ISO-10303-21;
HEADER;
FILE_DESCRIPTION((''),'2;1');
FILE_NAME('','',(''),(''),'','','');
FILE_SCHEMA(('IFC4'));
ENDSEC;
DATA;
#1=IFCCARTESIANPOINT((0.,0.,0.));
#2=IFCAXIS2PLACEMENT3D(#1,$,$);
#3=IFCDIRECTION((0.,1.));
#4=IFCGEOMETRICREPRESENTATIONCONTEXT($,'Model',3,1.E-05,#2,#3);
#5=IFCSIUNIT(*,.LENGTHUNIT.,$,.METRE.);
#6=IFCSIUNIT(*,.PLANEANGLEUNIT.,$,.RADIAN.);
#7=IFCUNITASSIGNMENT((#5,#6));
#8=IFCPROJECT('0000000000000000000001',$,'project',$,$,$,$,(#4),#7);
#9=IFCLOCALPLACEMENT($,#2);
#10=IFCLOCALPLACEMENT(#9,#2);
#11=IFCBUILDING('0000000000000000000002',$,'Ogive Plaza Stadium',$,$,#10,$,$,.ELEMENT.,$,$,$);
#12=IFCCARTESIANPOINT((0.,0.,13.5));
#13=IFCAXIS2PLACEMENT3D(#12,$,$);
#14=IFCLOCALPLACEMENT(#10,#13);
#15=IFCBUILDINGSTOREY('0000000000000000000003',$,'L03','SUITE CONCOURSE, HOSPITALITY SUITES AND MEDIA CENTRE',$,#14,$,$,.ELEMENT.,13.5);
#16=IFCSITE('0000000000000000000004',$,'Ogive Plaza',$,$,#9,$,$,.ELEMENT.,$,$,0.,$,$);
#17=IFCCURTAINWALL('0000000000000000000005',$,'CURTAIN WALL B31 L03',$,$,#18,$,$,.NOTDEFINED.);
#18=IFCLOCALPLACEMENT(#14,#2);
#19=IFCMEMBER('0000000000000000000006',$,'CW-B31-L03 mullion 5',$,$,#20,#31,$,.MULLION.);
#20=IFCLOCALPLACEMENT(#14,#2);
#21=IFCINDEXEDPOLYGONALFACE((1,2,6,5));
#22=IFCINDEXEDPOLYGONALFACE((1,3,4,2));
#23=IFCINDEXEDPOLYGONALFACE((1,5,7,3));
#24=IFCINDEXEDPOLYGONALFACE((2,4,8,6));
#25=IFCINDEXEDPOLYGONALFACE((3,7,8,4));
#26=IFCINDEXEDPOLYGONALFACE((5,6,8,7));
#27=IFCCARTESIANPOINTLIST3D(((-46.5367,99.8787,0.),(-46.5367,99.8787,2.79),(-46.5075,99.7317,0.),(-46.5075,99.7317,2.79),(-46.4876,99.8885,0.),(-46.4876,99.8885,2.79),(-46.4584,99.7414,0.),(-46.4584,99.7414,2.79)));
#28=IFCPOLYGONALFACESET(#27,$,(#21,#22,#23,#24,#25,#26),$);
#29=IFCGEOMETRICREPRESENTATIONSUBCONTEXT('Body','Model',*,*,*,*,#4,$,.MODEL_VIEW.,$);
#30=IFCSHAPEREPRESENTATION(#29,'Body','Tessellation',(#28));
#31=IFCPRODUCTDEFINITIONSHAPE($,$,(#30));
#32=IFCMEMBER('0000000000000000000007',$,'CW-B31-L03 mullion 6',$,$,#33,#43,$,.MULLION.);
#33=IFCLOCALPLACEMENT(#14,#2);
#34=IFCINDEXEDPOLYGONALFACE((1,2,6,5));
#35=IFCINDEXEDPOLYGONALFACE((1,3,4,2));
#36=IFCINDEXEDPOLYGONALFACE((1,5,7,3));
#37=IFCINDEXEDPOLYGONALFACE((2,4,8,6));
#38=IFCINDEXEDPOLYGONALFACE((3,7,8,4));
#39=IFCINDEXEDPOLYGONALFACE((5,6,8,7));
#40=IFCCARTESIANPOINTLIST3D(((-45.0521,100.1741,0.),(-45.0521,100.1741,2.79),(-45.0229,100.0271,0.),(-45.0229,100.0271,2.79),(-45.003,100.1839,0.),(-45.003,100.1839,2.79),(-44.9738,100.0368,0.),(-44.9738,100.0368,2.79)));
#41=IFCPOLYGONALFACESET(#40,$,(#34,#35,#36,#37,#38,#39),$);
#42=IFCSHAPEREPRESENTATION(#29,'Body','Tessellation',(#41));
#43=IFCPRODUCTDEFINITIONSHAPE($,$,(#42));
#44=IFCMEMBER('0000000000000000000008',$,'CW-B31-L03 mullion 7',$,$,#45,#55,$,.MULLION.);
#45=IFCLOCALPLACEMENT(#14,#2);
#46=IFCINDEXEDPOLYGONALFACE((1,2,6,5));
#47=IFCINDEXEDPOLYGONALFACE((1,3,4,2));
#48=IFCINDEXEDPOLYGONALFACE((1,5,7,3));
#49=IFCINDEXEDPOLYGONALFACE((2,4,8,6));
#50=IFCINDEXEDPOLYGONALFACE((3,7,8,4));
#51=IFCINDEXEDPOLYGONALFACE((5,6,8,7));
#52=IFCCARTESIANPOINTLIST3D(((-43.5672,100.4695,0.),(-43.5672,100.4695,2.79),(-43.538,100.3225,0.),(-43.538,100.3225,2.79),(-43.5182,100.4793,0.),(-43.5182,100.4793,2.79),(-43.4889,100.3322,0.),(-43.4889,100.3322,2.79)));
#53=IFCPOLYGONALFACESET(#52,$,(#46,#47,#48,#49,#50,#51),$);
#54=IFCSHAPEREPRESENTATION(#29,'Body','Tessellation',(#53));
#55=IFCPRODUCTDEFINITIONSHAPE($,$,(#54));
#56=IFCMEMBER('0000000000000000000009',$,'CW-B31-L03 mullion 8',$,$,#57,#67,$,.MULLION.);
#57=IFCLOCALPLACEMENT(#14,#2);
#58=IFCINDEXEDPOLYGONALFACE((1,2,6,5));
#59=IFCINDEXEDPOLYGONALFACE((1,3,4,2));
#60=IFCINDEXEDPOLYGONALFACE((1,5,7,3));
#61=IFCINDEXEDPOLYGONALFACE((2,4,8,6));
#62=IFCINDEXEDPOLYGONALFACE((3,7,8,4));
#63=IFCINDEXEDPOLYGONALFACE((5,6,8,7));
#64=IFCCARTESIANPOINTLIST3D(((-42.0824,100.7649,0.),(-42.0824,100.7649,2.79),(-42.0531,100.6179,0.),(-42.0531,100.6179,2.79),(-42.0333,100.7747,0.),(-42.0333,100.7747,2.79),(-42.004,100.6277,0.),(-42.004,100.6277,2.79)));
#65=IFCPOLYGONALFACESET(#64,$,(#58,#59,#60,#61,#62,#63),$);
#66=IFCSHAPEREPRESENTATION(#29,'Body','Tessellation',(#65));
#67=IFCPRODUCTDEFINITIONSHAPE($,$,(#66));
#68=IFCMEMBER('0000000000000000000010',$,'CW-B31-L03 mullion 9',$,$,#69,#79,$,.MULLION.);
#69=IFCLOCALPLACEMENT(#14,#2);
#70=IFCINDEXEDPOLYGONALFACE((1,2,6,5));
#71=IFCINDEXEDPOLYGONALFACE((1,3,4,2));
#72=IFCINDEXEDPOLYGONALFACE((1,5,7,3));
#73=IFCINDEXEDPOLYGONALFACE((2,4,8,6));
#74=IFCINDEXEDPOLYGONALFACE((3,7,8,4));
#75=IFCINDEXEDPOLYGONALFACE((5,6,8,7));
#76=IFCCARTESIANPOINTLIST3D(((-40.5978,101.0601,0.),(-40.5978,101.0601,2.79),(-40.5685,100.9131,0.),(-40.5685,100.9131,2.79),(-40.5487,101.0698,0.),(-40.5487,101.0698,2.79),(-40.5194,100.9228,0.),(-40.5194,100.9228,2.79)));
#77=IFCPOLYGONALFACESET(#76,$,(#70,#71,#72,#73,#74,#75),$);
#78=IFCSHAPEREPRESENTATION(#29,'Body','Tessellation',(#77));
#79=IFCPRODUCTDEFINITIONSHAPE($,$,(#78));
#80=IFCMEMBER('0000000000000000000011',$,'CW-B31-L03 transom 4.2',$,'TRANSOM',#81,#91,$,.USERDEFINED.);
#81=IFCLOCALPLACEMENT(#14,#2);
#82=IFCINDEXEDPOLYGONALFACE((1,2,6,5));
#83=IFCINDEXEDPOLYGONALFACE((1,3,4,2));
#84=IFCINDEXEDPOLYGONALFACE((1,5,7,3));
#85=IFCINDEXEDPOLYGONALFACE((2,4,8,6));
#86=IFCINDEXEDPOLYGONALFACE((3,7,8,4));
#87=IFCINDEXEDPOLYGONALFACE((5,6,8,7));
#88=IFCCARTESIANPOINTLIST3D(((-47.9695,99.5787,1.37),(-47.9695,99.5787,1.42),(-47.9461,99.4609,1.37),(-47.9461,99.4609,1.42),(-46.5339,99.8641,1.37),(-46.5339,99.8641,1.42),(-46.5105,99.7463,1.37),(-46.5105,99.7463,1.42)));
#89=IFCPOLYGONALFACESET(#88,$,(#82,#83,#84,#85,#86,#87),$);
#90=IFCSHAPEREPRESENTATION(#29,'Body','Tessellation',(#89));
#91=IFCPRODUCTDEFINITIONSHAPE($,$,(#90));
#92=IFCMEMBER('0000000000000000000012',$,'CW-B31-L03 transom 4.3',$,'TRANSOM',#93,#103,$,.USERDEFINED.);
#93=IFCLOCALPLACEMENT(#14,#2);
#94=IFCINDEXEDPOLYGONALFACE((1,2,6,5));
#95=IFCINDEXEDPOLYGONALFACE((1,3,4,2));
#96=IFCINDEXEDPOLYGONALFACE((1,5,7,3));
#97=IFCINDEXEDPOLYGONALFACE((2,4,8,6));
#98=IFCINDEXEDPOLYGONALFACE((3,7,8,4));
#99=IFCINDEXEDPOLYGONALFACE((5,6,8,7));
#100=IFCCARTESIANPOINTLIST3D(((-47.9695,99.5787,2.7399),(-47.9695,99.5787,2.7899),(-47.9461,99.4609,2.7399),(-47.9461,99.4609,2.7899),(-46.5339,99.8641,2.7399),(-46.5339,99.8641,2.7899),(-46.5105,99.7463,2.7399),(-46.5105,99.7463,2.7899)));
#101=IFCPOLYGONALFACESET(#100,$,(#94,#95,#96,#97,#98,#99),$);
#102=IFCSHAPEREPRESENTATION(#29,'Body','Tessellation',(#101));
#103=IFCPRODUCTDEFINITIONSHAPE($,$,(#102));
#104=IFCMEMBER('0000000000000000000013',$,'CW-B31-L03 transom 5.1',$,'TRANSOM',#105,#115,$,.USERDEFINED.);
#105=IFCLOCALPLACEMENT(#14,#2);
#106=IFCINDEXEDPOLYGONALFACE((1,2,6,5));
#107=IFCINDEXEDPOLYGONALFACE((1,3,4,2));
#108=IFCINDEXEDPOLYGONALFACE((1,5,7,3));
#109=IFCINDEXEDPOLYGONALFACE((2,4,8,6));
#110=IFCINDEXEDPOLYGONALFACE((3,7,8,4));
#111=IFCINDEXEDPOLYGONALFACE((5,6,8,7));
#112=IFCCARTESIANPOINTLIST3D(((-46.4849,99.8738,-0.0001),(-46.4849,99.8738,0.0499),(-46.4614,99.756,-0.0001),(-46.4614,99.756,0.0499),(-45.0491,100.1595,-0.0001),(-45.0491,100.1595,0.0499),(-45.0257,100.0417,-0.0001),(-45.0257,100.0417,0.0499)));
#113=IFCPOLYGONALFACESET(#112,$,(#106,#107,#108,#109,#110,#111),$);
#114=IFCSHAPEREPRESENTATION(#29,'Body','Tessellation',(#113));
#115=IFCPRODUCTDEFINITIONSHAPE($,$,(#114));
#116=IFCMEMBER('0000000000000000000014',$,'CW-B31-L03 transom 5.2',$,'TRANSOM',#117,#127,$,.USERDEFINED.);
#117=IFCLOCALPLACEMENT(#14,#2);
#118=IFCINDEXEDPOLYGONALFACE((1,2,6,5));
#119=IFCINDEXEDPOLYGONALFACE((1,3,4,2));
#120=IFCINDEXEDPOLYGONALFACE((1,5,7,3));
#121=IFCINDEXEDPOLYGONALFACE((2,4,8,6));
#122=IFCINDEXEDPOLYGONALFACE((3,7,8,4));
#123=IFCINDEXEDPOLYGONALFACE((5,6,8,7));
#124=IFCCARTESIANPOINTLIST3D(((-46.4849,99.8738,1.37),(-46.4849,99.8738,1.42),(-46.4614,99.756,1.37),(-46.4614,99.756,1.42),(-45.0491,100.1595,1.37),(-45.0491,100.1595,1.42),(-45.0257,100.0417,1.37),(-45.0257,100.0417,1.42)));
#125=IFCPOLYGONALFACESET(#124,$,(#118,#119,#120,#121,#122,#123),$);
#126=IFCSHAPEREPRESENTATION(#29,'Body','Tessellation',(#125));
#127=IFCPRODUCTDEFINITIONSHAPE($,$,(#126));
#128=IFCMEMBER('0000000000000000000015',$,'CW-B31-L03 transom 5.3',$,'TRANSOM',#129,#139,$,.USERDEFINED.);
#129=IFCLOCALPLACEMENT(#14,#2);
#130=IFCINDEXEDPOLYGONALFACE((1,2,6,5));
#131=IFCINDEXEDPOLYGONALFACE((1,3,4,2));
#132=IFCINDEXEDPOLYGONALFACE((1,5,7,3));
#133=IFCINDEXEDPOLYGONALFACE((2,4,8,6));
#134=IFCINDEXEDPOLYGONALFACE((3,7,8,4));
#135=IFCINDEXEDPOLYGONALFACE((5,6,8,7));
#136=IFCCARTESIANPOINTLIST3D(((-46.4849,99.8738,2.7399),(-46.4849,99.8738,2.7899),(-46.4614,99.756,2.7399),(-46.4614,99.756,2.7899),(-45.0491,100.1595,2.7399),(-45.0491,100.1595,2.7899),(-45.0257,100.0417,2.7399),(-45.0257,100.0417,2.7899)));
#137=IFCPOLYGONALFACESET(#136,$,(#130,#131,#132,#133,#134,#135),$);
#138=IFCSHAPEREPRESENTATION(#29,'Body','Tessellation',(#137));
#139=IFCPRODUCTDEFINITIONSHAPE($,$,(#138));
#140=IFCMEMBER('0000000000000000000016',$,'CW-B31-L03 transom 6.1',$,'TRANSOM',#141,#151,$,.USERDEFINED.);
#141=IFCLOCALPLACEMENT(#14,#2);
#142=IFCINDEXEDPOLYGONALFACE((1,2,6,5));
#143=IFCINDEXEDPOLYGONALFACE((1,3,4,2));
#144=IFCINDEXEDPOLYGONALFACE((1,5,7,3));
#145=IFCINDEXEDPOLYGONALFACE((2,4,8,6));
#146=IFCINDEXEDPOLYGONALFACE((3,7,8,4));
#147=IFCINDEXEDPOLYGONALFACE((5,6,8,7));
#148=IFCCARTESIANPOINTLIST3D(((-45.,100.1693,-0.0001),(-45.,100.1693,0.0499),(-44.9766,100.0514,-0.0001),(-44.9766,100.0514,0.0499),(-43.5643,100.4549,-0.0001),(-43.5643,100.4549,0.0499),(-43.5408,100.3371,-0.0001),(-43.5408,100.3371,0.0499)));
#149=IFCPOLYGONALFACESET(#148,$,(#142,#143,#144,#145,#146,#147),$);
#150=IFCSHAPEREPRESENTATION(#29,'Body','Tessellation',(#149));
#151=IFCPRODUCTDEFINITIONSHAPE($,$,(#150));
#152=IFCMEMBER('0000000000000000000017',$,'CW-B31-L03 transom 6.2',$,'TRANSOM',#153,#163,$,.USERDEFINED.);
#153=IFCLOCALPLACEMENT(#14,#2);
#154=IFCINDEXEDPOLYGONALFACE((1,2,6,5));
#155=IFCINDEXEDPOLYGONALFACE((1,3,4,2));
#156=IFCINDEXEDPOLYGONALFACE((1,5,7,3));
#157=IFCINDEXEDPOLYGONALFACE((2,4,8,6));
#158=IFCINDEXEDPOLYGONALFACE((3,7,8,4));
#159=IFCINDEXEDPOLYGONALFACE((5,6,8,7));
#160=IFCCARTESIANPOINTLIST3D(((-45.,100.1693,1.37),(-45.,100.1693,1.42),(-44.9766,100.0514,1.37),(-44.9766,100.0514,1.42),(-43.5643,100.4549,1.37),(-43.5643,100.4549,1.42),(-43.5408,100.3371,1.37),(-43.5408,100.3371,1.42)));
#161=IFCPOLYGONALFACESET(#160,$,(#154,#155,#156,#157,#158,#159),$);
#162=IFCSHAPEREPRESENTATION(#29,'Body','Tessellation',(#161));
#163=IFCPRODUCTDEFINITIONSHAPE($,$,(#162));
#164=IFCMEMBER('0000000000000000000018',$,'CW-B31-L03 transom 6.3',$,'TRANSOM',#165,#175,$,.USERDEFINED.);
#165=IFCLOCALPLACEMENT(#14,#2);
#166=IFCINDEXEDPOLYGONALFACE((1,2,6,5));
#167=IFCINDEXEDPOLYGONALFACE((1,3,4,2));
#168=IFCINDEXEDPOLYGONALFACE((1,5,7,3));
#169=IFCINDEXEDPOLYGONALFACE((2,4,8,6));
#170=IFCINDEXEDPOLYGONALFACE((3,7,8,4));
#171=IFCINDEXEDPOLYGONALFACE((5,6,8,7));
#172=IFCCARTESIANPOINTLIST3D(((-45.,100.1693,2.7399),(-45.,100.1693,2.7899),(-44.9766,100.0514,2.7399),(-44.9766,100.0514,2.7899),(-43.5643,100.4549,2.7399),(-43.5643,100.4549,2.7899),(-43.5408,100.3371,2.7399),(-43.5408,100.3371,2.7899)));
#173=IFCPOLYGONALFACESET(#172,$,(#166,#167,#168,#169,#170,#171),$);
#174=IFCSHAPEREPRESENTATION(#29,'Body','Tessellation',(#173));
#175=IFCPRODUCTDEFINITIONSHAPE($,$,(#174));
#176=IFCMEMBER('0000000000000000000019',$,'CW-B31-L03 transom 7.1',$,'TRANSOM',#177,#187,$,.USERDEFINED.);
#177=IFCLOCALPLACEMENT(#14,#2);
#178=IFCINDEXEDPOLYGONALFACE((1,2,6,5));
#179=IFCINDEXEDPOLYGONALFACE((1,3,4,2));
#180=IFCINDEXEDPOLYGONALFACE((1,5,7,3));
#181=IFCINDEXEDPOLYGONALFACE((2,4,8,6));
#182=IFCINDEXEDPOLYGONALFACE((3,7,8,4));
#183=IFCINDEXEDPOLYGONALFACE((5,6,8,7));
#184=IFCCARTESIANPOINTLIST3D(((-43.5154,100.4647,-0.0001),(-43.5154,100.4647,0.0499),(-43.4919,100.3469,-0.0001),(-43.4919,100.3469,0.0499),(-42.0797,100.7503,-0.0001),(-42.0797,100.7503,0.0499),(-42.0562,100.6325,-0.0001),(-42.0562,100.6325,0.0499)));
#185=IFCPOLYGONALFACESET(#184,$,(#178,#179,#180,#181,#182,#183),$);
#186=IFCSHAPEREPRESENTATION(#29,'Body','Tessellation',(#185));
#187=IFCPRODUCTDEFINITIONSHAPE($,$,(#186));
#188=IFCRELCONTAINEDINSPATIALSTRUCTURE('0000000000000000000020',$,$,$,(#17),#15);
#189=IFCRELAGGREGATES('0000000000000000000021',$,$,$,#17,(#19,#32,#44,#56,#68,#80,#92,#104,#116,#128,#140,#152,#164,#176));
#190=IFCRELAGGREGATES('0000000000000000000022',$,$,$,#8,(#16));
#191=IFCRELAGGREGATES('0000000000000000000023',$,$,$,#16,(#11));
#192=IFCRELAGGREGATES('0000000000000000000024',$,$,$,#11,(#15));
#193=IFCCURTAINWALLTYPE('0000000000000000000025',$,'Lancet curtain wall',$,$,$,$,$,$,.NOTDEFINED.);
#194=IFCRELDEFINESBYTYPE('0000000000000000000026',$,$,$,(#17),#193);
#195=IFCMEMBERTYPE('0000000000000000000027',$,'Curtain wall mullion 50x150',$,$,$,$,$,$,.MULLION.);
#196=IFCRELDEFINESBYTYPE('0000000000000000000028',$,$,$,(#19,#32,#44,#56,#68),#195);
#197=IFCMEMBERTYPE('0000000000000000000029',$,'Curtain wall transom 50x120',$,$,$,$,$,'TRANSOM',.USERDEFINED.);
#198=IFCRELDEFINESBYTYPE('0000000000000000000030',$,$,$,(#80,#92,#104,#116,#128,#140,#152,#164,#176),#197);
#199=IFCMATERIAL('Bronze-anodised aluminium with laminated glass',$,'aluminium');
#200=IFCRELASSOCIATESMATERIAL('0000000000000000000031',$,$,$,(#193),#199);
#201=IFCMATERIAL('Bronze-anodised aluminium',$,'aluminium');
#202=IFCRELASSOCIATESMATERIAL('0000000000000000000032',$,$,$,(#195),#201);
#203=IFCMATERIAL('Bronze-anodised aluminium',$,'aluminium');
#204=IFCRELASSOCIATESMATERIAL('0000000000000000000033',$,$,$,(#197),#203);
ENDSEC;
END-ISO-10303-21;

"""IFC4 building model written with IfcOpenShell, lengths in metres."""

from ifc_helpers import new_model, si_unit, direction, frame, origin, origin_2d, place, context, subcontext, project, spatial, rectangle, extrude, material, material_profile, profile_set, type_object, element, aggregate, save


model = new_model("IFC4")

# Units and contexts
model_context = context("Model", 3, precision=1e-05, world=origin(), true_north=direction((0.0, 1.0)))
body_context = subcontext(model_context, "Body", "Model", "MODEL_VIEW")
ifc_project = project(units=[si_unit("LENGTHUNIT", "METRE"), si_unit("PLANEANGLEUNIT", "RADIAN")], contexts=[model_context])

# Site, building, storey
site_placement = place(None, origin())
site = spatial("IfcSite", under=ifc_project, at=site_placement, Name="Ogive Plaza", CompositionType="ELEMENT", RefElevation=0.0)
building_placement = place(site_placement, origin())
building = spatial("IfcBuilding", under=site, at=building_placement, Name="Ogive Plaza Stadium", CompositionType="ELEMENT")
storey_placement = place(building_placement, frame((0.0, 0.0, 13.5)))
storey = spatial("IfcBuildingStorey", under=building, at=storey_placement, Name="L03", Description="SUITE CONCOURSE, HOSPITALITY SUITES AND MEDIA CENTRE", CompositionType="ELEMENT", Elevation=13.5)

# Curtain wall, members
ifc_material_1 = material(Name="Bronze-anodised aluminium with laminated glass", Category="aluminium")
curtain_wall_type = type_object("IfcCurtainWallType", Name="Lancet curtain wall", PredefinedType="NOTDEFINED", material=ifc_material_1)
curtain_wall_placement = place(storey_placement, origin())
curtain_wall = element("IfcCurtainWall", 1, at=curtain_wall_placement, inside=storey, type_object=curtain_wall_type, Name="CURTAIN WALL B31 L03", PredefinedType="NOTDEFINED")
ifc_material_2 = material(Name="Bronze-anodised aluminium", Category="aluminium")
ifc_material_profile_1 = material_profile(ifc_material_2, rectangle(XDim=0.1499, YDim=0.05, at=origin_2d()), Name="AL 150x50")
ifc_profile_set_1 = profile_set([ifc_material_profile_1], Name="Bronze-anodised aluminium")
member_type_1 = type_object("IfcMemberType", Name="Curtain wall mullion 50x150", PredefinedType="MULLION", material=ifc_profile_set_1)
member_1_placement = place(storey_placement, frame((-46.4976, 99.8101, 0.0), z_axis=(0.0, 0.0, 1.0), x_axis=(-0.19509, 0.980785, 0.0)))
member_1 = element("IfcMember", 2, at=member_1_placement, type_object=member_type_1, Name="CW-B31-L03 mullion 5", PredefinedType="MULLION", context=body_context, shape_type="SweptSolid", body=[
    extrude(rectangle(XDim=0.1499, YDim=0.05, at=origin_2d()), origin(), (0.0, 0.0, 1.0), 2.79),
])
member_2_placement = place(storey_placement, frame((-45.0129, 100.1055, 0.0), z_axis=(0.0, 0.0, 1.0), x_axis=(-0.19509, 0.980785, 0.0)))
member_2 = element("IfcMember", 3, at=member_2_placement, type_object=member_type_1, Name="CW-B31-L03 mullion 6", PredefinedType="MULLION", context=body_context, shape_type="SweptSolid", body=[
    extrude(rectangle(XDim=0.1499, YDim=0.05, at=origin_2d()), origin(), (0.0, 0.0, 1.0), 2.79),
])
member_3_placement = place(storey_placement, frame((-43.5281, 100.4009, 0.0), z_axis=(0.0, 0.0, 1.0), x_axis=(-0.19509, 0.980785, 0.0)))
member_3 = element("IfcMember", 4, at=member_3_placement, type_object=member_type_1, Name="CW-B31-L03 mullion 7", PredefinedType="MULLION", context=body_context, shape_type="SweptSolid", body=[
    extrude(rectangle(XDim=0.1499, YDim=0.05, at=origin_2d()), origin(), (0.0, 0.0, 1.0), 2.79),
])
member_4_placement = place(storey_placement, frame((-42.0432, 100.6963, 0.0), z_axis=(0.0, 0.0, 1.0), x_axis=(-0.19509, 0.980785, 0.0)))
member_4 = element("IfcMember", 5, at=member_4_placement, type_object=member_type_1, Name="CW-B31-L03 mullion 8", PredefinedType="MULLION", context=body_context, shape_type="SweptSolid", body=[
    extrude(rectangle(XDim=0.1499, YDim=0.05, at=origin_2d()), origin(), (0.0, 0.0, 1.0), 2.79),
])
member_5_placement = place(storey_placement, frame((-40.5586, 100.9915, 0.0), z_axis=(0.0, 0.0, 1.0), x_axis=(-0.19509, 0.980785, 0.0)))
member_5 = element("IfcMember", 6, at=member_5_placement, type_object=member_type_1, Name="CW-B31-L03 mullion 9", PredefinedType="MULLION", context=body_context, shape_type="SweptSolid", body=[
    extrude(rectangle(XDim=0.1499, YDim=0.05, at=origin_2d()), origin(), (0.0, 0.0, 1.0), 2.79),
])
ifc_material_3 = material(Name="Bronze-anodised aluminium", Category="aluminium")
ifc_material_profile_2 = material_profile(ifc_material_3, rectangle(XDim=0.1201, YDim=0.05, at=origin_2d()), Name="AL 120x50")
ifc_profile_set_2 = profile_set([ifc_material_profile_2], Name="Bronze-anodised aluminium")
member_type_2 = type_object("IfcMemberType", Name="Curtain wall transom 50x120", ElementType="TRANSOM", PredefinedType="USERDEFINED", material=ifc_profile_set_2)
member_6_placement = place(storey_placement, frame((-47.9578, 99.5198, 1.395), z_axis=(0.980805, 0.194993, 0.0), x_axis=(-0.194993, 0.980805, 0.0)))
member_6 = element("IfcMember", 7, at=member_6_placement, type_object=member_type_2, Name="CW-B31-L03 transom 4.2", ObjectType="TRANSOM", PredefinedType="USERDEFINED", context=body_context, shape_type="SweptSolid", body=[
    extrude(rectangle(XDim=0.1201, YDim=0.05, at=origin_2d()), origin(), (0.0, 0.0, 1.0), 1.4636),
])
member_7_placement = place(storey_placement, frame((-47.9578, 99.5198, 2.7649), z_axis=(0.980805, 0.194993, 0.0), x_axis=(-0.194993, 0.980805, 0.0)))
member_7 = element("IfcMember", 8, at=member_7_placement, type_object=member_type_2, Name="CW-B31-L03 transom 4.3", ObjectType="TRANSOM", PredefinedType="USERDEFINED", context=body_context, shape_type="SweptSolid", body=[
    extrude(rectangle(XDim=0.1201, YDim=0.05, at=origin_2d()), origin(), (0.0, 0.0, 1.0), 1.4636),
])
member_8_placement = place(storey_placement, frame((-46.4731, 99.8149, 0.0249), z_axis=(0.980779, 0.195122, 0.0), x_axis=(-0.195122, 0.980779, 0.0)))
member_8 = element("IfcMember", 9, at=member_8_placement, type_object=member_type_2, Name="CW-B31-L03 transom 5.1", ObjectType="TRANSOM", PredefinedType="USERDEFINED", context=body_context, shape_type="SweptSolid", body=[
    extrude(rectangle(XDim=0.1201, YDim=0.05, at=origin_2d()), origin(), (0.0, 0.0, 1.0), 1.4639),
])
member_9_placement = place(storey_placement, frame((-46.4731, 99.8149, 1.395), z_axis=(0.980779, 0.195122, 0.0), x_axis=(-0.195122, 0.980779, 0.0)))
member_9 = element("IfcMember", 10, at=member_9_placement, type_object=member_type_2, Name="CW-B31-L03 transom 5.2", ObjectType="TRANSOM", PredefinedType="USERDEFINED", context=body_context, shape_type="SweptSolid", body=[
    extrude(rectangle(XDim=0.1201, YDim=0.05, at=origin_2d()), origin(), (0.0, 0.0, 1.0), 1.4639),
])
member_10_placement = place(storey_placement, frame((-46.4731, 99.8149, 2.7649), z_axis=(0.980779, 0.195122, 0.0), x_axis=(-0.195122, 0.980779, 0.0)))
member_10 = element("IfcMember", 11, at=member_10_placement, type_object=member_type_2, Name="CW-B31-L03 transom 5.3", ObjectType="TRANSOM", PredefinedType="USERDEFINED", context=body_context, shape_type="SweptSolid", body=[
    extrude(rectangle(XDim=0.1201, YDim=0.05, at=origin_2d()), origin(), (0.0, 0.0, 1.0), 1.4639),
])
member_11_placement = place(storey_placement, frame((-44.9883, 100.1104, 0.0249), z_axis=(0.980779, 0.195122, 0.0), x_axis=(-0.195122, 0.980779, 0.0)))
member_11 = element("IfcMember", 12, at=member_11_placement, type_object=member_type_2, Name="CW-B31-L03 transom 6.1", ObjectType="TRANSOM", PredefinedType="USERDEFINED", context=body_context, shape_type="SweptSolid", body=[
    extrude(rectangle(XDim=0.1201, YDim=0.05, at=origin_2d()), origin(), (0.0, 0.0, 1.0), 1.4639),
])
member_12_placement = place(storey_placement, frame((-44.9883, 100.1104, 1.395), z_axis=(0.980779, 0.195122, 0.0), x_axis=(-0.195122, 0.980779, 0.0)))
member_12 = element("IfcMember", 13, at=member_12_placement, type_object=member_type_2, Name="CW-B31-L03 transom 6.2", ObjectType="TRANSOM", PredefinedType="USERDEFINED", context=body_context, shape_type="SweptSolid", body=[
    extrude(rectangle(XDim=0.1201, YDim=0.05, at=origin_2d()), origin(), (0.0, 0.0, 1.0), 1.4639),
])
member_13_placement = place(storey_placement, frame((-44.9883, 100.1104, 2.7649), z_axis=(0.980779, 0.195122, 0.0), x_axis=(-0.195122, 0.980779, 0.0)))
member_13 = element("IfcMember", 14, at=member_13_placement, type_object=member_type_2, Name="CW-B31-L03 transom 6.3", ObjectType="TRANSOM", PredefinedType="USERDEFINED", context=body_context, shape_type="SweptSolid", body=[
    extrude(rectangle(XDim=0.1201, YDim=0.05, at=origin_2d()), origin(), (0.0, 0.0, 1.0), 1.4639),
])
member_14_placement = place(storey_placement, frame((-43.5037, 100.4058, 0.0249), z_axis=(0.980779, 0.195122, 0.0), x_axis=(-0.195122, 0.980779, 0.0)))
member_14 = element("IfcMember", 15, at=member_14_placement, type_object=member_type_2, Name="CW-B31-L03 transom 7.1", ObjectType="TRANSOM", PredefinedType="USERDEFINED", context=body_context, shape_type="SweptSolid", body=[
    extrude(rectangle(XDim=0.1201, YDim=0.05, at=origin_2d()), origin(), (0.0, 0.0, 1.0), 1.4639),
])
aggregate(curtain_wall, [member_1, member_2, member_3, member_4, member_5, member_6, member_7, member_8, member_9, member_10, member_11, member_12, member_13, member_14])

save(model, "model.ifc")
